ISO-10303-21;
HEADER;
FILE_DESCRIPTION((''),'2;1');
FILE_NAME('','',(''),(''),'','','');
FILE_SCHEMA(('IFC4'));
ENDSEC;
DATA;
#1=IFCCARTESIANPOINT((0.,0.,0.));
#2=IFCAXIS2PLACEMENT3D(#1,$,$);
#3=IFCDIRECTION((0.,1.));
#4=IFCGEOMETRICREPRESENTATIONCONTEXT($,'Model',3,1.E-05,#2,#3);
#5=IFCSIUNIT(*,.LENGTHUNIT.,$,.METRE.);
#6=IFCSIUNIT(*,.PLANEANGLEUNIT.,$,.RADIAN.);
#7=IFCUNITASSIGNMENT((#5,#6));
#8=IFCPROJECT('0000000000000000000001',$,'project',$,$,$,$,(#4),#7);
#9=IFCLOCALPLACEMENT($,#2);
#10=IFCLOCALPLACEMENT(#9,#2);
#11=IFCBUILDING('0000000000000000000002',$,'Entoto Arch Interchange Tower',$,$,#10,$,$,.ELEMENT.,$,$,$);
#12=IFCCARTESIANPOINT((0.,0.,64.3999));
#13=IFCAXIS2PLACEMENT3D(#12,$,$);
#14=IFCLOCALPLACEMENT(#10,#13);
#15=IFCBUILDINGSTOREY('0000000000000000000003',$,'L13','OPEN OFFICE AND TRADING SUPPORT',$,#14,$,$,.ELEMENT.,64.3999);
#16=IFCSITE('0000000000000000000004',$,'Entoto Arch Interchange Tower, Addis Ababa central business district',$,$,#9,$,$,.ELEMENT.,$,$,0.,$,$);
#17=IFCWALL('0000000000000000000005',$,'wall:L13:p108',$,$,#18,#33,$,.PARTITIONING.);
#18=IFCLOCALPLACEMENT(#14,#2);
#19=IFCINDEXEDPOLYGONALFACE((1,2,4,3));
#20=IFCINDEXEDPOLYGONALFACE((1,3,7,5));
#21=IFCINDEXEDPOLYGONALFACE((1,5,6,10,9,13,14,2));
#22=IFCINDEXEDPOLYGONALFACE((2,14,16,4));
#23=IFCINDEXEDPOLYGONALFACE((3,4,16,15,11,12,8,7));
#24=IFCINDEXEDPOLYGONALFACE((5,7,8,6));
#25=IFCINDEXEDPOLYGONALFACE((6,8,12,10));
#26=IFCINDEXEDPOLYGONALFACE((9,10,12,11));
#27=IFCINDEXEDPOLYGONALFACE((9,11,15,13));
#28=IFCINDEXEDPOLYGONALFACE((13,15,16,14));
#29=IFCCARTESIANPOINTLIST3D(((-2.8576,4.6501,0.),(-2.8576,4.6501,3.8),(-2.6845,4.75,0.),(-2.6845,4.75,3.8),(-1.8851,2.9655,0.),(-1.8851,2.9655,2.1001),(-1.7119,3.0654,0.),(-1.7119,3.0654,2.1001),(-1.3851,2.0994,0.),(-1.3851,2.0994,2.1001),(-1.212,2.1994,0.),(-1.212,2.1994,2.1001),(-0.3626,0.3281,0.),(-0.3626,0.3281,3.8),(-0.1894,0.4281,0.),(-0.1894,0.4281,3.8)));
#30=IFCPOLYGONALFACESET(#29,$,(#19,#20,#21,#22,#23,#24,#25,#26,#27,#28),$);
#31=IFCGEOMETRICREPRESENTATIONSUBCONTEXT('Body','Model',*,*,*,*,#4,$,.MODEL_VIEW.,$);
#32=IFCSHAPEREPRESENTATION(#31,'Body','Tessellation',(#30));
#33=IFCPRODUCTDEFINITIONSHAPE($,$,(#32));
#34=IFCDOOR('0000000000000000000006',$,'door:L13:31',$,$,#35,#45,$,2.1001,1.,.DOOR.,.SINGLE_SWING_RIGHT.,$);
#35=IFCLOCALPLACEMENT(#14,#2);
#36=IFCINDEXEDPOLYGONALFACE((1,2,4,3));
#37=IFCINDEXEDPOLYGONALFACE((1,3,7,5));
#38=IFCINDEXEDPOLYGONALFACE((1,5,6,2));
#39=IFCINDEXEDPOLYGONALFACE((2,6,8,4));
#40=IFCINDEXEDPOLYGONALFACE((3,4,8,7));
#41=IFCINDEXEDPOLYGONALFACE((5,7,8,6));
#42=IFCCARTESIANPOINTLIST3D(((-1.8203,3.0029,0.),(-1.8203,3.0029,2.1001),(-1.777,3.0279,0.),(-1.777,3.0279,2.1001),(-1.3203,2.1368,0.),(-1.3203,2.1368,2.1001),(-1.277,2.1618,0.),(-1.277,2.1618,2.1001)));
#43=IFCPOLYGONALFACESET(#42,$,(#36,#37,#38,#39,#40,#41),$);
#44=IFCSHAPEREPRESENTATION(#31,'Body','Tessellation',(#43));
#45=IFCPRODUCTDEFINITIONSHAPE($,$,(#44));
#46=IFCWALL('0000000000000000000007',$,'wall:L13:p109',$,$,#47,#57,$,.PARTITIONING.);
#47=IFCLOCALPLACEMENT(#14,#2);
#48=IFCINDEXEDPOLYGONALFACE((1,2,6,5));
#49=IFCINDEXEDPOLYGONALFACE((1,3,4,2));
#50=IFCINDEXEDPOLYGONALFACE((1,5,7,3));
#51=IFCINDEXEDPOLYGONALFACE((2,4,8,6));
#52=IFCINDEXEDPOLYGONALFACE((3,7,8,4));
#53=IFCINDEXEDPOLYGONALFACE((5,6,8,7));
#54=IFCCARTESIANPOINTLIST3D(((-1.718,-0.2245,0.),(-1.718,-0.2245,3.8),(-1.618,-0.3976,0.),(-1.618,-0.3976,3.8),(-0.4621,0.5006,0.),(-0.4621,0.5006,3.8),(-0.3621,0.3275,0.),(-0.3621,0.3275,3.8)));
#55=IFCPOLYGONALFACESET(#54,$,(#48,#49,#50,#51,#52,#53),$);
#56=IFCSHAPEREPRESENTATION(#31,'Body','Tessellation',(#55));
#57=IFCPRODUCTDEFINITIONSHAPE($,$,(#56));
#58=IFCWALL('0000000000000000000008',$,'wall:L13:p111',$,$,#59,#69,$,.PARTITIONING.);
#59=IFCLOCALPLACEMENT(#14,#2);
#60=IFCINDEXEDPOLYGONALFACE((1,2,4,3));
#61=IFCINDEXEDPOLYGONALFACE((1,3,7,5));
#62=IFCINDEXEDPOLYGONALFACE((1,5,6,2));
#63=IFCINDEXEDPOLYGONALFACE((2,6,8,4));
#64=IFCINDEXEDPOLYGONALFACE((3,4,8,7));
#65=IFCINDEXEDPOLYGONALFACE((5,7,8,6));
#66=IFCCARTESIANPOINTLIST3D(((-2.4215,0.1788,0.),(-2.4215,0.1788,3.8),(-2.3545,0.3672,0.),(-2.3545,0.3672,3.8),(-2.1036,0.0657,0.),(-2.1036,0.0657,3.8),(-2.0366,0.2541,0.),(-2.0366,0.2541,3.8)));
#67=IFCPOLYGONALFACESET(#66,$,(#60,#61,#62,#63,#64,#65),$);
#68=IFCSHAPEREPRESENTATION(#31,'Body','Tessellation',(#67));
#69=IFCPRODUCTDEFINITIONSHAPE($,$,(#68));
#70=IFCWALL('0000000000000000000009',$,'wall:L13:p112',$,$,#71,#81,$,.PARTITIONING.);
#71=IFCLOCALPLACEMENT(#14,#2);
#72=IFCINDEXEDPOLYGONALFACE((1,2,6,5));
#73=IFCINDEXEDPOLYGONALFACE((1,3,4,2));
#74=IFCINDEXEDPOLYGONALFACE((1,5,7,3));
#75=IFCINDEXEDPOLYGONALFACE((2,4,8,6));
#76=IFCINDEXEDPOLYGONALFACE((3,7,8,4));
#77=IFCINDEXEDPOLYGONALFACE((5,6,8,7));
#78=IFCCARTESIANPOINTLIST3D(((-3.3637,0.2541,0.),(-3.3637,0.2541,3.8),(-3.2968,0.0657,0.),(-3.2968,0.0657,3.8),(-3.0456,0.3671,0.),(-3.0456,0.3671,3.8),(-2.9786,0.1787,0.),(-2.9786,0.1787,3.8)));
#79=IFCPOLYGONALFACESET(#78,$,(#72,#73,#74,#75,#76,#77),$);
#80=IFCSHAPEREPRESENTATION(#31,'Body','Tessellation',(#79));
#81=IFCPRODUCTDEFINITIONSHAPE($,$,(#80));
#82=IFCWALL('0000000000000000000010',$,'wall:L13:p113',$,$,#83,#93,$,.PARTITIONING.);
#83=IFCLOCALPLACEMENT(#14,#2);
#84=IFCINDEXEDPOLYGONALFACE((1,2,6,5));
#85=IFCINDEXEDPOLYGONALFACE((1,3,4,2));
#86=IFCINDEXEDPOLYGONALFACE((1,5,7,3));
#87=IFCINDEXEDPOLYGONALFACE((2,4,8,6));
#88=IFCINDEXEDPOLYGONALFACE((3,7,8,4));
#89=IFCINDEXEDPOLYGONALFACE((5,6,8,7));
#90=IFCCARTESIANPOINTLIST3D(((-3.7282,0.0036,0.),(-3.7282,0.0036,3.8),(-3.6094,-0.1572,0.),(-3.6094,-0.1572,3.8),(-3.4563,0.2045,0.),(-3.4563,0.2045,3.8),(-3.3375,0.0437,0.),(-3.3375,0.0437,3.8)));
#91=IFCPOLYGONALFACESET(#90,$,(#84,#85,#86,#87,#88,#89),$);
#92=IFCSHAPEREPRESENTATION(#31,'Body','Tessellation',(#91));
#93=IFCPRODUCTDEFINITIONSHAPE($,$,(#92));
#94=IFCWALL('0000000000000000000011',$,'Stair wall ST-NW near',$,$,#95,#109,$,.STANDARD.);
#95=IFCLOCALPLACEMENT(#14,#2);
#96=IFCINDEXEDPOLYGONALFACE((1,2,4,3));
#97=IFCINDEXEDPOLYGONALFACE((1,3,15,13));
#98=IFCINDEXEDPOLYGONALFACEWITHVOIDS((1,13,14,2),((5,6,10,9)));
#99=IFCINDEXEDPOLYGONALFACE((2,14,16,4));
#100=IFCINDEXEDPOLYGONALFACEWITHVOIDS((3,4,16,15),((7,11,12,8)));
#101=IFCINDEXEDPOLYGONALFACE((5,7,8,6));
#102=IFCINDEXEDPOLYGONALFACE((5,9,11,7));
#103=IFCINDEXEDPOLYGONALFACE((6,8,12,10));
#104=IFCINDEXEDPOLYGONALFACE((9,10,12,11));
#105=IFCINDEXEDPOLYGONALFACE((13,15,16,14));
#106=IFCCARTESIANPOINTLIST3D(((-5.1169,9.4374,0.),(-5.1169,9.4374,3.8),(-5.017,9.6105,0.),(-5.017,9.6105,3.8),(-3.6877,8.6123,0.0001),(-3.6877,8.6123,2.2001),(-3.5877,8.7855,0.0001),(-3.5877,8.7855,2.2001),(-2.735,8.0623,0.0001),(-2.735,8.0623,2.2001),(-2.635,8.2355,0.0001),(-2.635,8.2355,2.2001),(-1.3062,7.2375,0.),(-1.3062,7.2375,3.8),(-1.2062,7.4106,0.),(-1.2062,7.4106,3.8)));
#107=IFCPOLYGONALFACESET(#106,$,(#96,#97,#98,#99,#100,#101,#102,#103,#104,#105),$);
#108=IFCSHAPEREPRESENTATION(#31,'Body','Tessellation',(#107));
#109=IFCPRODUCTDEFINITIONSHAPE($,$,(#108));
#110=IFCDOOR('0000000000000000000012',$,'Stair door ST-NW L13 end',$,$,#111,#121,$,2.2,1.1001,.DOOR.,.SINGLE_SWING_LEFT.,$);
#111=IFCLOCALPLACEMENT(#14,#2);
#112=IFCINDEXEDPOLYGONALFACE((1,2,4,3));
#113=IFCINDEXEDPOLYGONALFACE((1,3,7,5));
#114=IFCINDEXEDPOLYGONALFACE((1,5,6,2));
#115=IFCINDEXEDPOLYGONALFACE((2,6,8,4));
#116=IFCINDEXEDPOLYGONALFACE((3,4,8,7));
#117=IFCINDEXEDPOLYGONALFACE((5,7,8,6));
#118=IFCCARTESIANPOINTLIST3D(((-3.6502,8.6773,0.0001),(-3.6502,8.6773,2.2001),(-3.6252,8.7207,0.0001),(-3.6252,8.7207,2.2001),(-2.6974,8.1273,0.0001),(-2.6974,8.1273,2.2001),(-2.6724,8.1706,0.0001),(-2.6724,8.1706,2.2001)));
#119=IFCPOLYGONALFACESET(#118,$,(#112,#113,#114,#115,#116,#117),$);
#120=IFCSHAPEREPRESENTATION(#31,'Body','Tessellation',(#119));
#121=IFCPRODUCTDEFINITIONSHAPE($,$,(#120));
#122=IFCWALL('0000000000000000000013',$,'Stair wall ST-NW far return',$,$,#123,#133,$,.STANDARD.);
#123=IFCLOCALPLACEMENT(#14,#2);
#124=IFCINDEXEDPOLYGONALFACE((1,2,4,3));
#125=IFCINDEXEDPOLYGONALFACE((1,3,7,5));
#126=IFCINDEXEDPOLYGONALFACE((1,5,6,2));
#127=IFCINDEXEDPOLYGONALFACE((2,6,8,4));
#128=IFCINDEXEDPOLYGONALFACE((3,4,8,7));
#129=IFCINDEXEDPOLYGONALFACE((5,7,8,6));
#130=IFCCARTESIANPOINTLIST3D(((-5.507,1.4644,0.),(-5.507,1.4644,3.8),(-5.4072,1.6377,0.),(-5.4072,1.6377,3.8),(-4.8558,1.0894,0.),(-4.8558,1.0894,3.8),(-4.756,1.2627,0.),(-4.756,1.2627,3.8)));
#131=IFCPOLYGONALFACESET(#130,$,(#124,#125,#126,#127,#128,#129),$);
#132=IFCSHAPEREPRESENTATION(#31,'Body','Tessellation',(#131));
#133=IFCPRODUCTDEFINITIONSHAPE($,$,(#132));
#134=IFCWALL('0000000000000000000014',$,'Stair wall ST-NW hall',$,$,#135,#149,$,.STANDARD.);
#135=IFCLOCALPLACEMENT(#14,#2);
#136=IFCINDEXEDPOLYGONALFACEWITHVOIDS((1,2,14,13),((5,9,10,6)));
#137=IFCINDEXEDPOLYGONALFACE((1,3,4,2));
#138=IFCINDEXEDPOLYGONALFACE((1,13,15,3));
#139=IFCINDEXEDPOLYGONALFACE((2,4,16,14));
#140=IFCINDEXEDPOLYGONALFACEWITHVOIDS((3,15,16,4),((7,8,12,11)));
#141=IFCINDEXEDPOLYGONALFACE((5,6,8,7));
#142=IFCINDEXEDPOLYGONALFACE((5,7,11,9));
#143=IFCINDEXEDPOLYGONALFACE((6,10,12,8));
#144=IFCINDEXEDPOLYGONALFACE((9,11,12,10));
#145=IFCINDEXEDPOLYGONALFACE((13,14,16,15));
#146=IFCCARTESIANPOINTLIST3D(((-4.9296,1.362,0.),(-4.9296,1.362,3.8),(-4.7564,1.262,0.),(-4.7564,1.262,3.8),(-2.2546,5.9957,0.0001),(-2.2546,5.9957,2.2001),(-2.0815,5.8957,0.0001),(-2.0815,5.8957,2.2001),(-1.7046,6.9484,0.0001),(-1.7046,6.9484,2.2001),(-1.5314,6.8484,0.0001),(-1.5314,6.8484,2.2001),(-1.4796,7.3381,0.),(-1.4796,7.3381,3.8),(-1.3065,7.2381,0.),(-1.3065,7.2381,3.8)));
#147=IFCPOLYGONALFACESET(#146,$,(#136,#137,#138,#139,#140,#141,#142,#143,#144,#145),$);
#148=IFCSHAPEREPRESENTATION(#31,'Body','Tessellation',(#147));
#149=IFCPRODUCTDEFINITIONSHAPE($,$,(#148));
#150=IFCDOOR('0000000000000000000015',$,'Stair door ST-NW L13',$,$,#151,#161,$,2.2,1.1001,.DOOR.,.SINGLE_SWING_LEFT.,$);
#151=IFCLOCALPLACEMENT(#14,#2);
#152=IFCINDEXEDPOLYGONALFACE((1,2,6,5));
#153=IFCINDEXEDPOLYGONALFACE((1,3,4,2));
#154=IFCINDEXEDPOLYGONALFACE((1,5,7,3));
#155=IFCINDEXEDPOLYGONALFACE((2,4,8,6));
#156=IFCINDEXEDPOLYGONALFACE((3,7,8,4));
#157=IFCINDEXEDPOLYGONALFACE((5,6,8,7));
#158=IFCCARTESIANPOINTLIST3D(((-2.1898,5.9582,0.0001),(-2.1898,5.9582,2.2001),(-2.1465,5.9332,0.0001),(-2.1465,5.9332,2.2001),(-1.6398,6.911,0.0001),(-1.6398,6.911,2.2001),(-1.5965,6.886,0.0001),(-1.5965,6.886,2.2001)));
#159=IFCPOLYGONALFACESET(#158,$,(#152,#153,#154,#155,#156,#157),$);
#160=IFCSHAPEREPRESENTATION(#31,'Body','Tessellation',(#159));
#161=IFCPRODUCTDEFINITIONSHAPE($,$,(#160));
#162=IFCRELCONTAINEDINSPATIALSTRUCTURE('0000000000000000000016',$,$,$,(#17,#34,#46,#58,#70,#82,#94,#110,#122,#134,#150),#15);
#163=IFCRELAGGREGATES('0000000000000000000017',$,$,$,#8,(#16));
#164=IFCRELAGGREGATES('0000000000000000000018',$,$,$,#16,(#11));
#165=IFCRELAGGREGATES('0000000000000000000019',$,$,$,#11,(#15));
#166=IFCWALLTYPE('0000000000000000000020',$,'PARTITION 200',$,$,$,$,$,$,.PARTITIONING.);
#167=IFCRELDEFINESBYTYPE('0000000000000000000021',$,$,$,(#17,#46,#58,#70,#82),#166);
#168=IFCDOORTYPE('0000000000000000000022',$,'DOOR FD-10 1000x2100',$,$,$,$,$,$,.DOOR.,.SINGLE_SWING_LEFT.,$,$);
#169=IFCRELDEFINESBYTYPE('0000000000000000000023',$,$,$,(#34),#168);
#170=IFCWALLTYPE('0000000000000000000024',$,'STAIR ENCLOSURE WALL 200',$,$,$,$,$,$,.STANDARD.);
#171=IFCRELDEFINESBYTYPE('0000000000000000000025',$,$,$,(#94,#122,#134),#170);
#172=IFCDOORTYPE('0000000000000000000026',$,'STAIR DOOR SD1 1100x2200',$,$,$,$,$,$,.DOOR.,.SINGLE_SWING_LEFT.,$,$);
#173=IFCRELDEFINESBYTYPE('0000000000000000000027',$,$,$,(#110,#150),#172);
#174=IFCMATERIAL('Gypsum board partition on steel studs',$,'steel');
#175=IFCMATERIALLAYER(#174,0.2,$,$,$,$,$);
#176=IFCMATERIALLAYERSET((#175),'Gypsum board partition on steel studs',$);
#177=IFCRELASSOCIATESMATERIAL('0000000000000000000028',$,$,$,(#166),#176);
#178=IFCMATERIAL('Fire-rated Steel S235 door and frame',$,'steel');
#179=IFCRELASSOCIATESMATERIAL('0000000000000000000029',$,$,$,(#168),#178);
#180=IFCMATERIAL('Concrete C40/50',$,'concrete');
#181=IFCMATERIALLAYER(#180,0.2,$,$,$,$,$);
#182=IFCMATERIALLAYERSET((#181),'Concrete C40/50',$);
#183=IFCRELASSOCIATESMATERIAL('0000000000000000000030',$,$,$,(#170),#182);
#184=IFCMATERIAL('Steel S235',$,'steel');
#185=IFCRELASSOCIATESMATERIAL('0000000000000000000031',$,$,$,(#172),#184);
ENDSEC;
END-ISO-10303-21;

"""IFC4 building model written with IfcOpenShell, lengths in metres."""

from ifc_helpers import new_model, si_unit, direction, frame, frame_2d, origin, place, context, subcontext, project, spatial, rectangle, extrude, material, layer, layer_set, type_object, element, fill, save


model = new_model("IFC4")

# Units and contexts
model_context = context("Model", 3, precision=1e-05, world=origin(), true_north=direction((0.0, 1.0)))
body_context = subcontext(model_context, "Body", "Model", "MODEL_VIEW")
ifc_project = project(units=[si_unit("LENGTHUNIT", "METRE"), si_unit("PLANEANGLEUNIT", "RADIAN")], contexts=[model_context])

# Site, building, storey
site_placement = place(None, origin())
site = spatial("IfcSite", under=ifc_project, at=site_placement, Name="Entoto Arch Interchange Tower, Addis Ababa central business district", CompositionType="ELEMENT", RefElevation=0.0)
building_placement = place(site_placement, origin())
building = spatial("IfcBuilding", under=site, at=building_placement, Name="Entoto Arch Interchange Tower", CompositionType="ELEMENT")
storey_placement = place(building_placement, frame((0.0, 0.0, 64.3999)))
storey = spatial("IfcBuildingStorey", under=building, at=storey_placement, Name="L13", Description="OPEN OFFICE AND TRADING SUPPORT", CompositionType="ELEMENT", Elevation=64.3999)

# Wall, opening, door
ifc_material_1 = material(Name="Gypsum board partition on steel studs", Category="steel")
ifc_layer_1 = layer(ifc_material_1, 0.2)
ifc_layer_set_1 = layer_set([ifc_layer_1], Name="Gypsum board partition on steel studs")
wall_type_1 = type_object("IfcWallType", Name="PARTITION 200", PredefinedType="PARTITIONING", material=ifc_layer_set_1)
wall_1_placement = place(storey_placement, frame((-2.771, 4.7, 0.0), z_axis=(0.0, 0.0, 1.0), x_axis=(0.499969, -0.866043, 0.0)))
wall_1 = element("IfcWall", 1, at=wall_1_placement, inside=storey, type_object=wall_type_1, Name="wall:L13:p108", PredefinedType="PARTITIONING", context=body_context, shape_type="SweptSolid", body=[
    extrude(rectangle(XDim=4.9905, YDim=0.2, at=frame_2d((2.4951, 0.0))), origin(), (0.0, 0.0, 1.0), 3.8),
])
opening_1_placement = place(wall_1_placement, frame((1.9451, 0.0, 0.0)))
opening_1 = element("IfcOpeningElement", 2, at=opening_1_placement, cuts=wall_1, PredefinedType="OPENING", context=body_context, shape_type="SweptSolid", body=[
    extrude(rectangle(XDim=1.0, YDim=2.1001, at=frame_2d((0.5, 1.05))), frame((0.0, 0.1099, 0.0), z_axis=(0.0, -1.0, 0.0), x_axis=(1.0, 0.0, 0.0)), (0.0, 0.0, 1.0), 0.22),
])
ifc_material_2 = material(Name="Fire-rated Steel S235 door and frame", Category="steel")
door_type_1 = type_object("IfcDoorType", Name="DOOR FD-10 1000x2100", OperationType="SINGLE_SWING_LEFT", PredefinedType="DOOR", material=ifc_material_2)
door_1_placement = place(opening_1_placement, origin())
door_1 = element("IfcDoor", 3, at=door_1_placement, inside=storey, type_object=door_type_1, Name="door:L13:31", OperationType="SINGLE_SWING_RIGHT", OverallHeight=2.1001, OverallWidth=1.0, PredefinedType="DOOR", context=body_context, shape_type="SweptSolid", body=[
    extrude(rectangle(XDim=1.0, YDim=2.1001, at=frame_2d((0.5, 1.05))), frame((0.0, 0.0249, 0.0), z_axis=(0.0, -1.0, 0.0), x_axis=(1.0, 0.0, 0.0)), (0.0, 0.0, 1.0), 0.05),
])
fill(opening_1, door_1)

# Walls
wall_2_placement = place(storey_placement, frame((-0.4121, 0.4141, 0.0), z_axis=(0.0, 0.0, 1.0), x_axis=(-0.866017, -0.500014, 0.0)))
element("IfcWall", 4, at=wall_2_placement, inside=storey, type_object=wall_type_1, Name="wall:L13:p109", PredefinedType="PARTITIONING", context=body_context, shape_type="SweptSolid", body=[
    extrude(rectangle(XDim=1.4502, YDim=0.2, at=frame_2d((0.7251, 0.0))), origin(), (0.0, 0.0, 1.0), 3.8),
])
wall_3_placement = place(storey_placement, frame((-2.0701, 0.1599, 0.0), z_axis=(0.0, 0.0, 1.0), x_axis=(-0.942199, 0.335052, 0.0)))
element("IfcWall", 5, at=wall_3_placement, inside=storey, type_object=wall_type_1, Name="wall:L13:p111", PredefinedType="PARTITIONING", context=body_context, shape_type="SweptSolid", body=[
    extrude(rectangle(XDim=0.3374, YDim=0.2, at=frame_2d((0.1687, 0.0))), origin(), (0.0, 0.0, 1.0), 3.8),
])
wall_4_placement = place(storey_placement, frame((-3.012, 0.2729, 0.0), z_axis=(0.0, 0.0, 1.0), x_axis=(-0.942281, -0.334824, 0.0)))
element("IfcWall", 6, at=wall_4_placement, inside=storey, type_object=wall_type_1, Name="wall:L13:p112", PredefinedType="PARTITIONING", context=body_context, shape_type="SweptSolid", body=[
    extrude(rectangle(XDim=0.3376, YDim=0.2, at=frame_2d((0.1689, 0.0))), origin(), (0.0, 0.0, 1.0), 3.8),
])
wall_5_placement = place(storey_placement, frame((-3.397, 0.124, 0.0), z_axis=(0.0, 0.0, 1.0), x_axis=(-0.804311, -0.594208, 0.0)))
element("IfcWall", 7, at=wall_5_placement, inside=storey, type_object=wall_type_1, Name="wall:L13:p113", PredefinedType="PARTITIONING", context=body_context, shape_type="SweptSolid", body=[
    extrude(rectangle(XDim=0.3381, YDim=0.2, at=frame_2d((0.1689, 0.0))), origin(), (0.0, 0.0, 1.0), 3.8),
])

# Wall, opening, door
ifc_material_3 = material(Name="Concrete C40/50", Category="concrete")
ifc_layer_2 = layer(ifc_material_3, 0.2)
ifc_layer_set_2 = layer_set([ifc_layer_2], Name="Concrete C40/50")
wall_type_2 = type_object("IfcWallType", Name="STAIR ENCLOSURE WALL 200", PredefinedType="STANDARD", material=ifc_layer_set_2)
wall_6_placement = place(storey_placement, frame((-1.2561, 7.324, 0.0), z_axis=(0.0, 0.0, 1.0), x_axis=(-0.866046, 0.499964, 0.0)))
wall_6 = element("IfcWall", 8, at=wall_6_placement, inside=storey, type_object=wall_type_2, Name="Stair wall ST-NW near", PredefinedType="STANDARD", context=body_context, shape_type="SweptSolid", body=[
    extrude(rectangle(XDim=4.4001, YDim=0.2, at=frame_2d((2.2002, 0.0))), origin(), (0.0, 0.0, 1.0), 3.8),
])
opening_2_placement = place(wall_6_placement, frame((1.6499, 0.0, 0.0)))
opening_2 = element("IfcOpeningElement", 9, at=opening_2_placement, cuts=wall_6, PredefinedType="OPENING", context=body_context, shape_type="SweptSolid", body=[
    extrude(rectangle(XDim=1.1001, YDim=2.2, at=frame_2d((0.55, 1.1001))), frame((0.0, 0.1099, 0.0), z_axis=(0.0, -1.0, 0.0), x_axis=(1.0, 0.0, 0.0)), (0.0, 0.0, 1.0), 0.22),
])
ifc_material_4 = material(Name="Steel S235", Category="steel")
door_type_2 = type_object("IfcDoorType", Name="STAIR DOOR SD1 1100x2200", OperationType="SINGLE_SWING_LEFT", PredefinedType="DOOR", material=ifc_material_4)
door_2_placement = place(opening_2_placement, origin())
door_2 = element("IfcDoor", 10, at=door_2_placement, inside=storey, type_object=door_type_2, Name="Stair door ST-NW L13 end", OperationType="SINGLE_SWING_LEFT", OverallHeight=2.2, OverallWidth=1.1001, PredefinedType="DOOR", context=body_context, shape_type="SweptSolid", body=[
    extrude(rectangle(XDim=1.1001, YDim=2.2, at=frame_2d((0.55, 1.1001))), frame((0.0, 0.0249, 0.0), z_axis=(0.0, -1.0, 0.0), x_axis=(1.0, 0.0, 0.0)), (0.0, 0.0, 1.0), 0.05),
])
fill(opening_2, door_2)

# Wall
wall_7_placement = place(storey_placement, frame((-4.8059, 1.176, 0.0), z_axis=(0.0, 0.0, 1.0), x_axis=(-0.866559, 0.499075, 0.0)))
element("IfcWall", 11, at=wall_7_placement, inside=storey, type_object=wall_type_2, Name="Stair wall ST-NW far return", PredefinedType="STANDARD", context=body_context, shape_type="SweptSolid", body=[
    extrude(rectangle(XDim=0.7515, YDim=0.2, at=frame_2d((0.3757, 0.0))), origin(), (0.0, 0.0, 1.0), 3.8),
])

# Wall, opening, door
wall_8_placement = place(storey_placement, frame((-1.3931, 7.2881, 0.0), z_axis=(0.0, 0.0, 1.0), x_axis=(-0.499963, -0.866047, 0.0)))
wall_8 = element("IfcWall", 12, at=wall_8_placement, inside=storey, type_object=wall_type_2, Name="Stair wall ST-NW hall", PredefinedType="STANDARD", context=body_context, shape_type="SweptSolid", body=[
    extrude(rectangle(XDim=6.9004, YDim=0.2, at=frame_2d((3.4502, 0.0))), origin(), (0.0, 0.0, 1.0), 3.8),
])
opening_3_placement = place(wall_8_placement, frame((0.45, 0.0, 0.0)))
opening_3 = element("IfcOpeningElement", 13, at=opening_3_placement, cuts=wall_8, PredefinedType="OPENING", context=body_context, shape_type="SweptSolid", body=[
    extrude(rectangle(XDim=1.1001, YDim=2.2, at=frame_2d((0.55, 1.1001))), frame((0.0, 0.1099, 0.0), z_axis=(0.0, -1.0, 0.0), x_axis=(1.0, 0.0, 0.0)), (0.0, 0.0, 1.0), 0.22),
])
door_3_placement = place(opening_3_placement, origin())
door_3 = element("IfcDoor", 14, at=door_3_placement, inside=storey, type_object=door_type_2, Name="Stair door ST-NW L13", OperationType="SINGLE_SWING_LEFT", OverallHeight=2.2, OverallWidth=1.1001, PredefinedType="DOOR", context=body_context, shape_type="SweptSolid", body=[
    extrude(rectangle(XDim=1.1001, YDim=2.2, at=frame_2d((0.55, 1.1001))), frame((0.0, 0.0249, 0.0), z_axis=(0.0, -1.0, 0.0), x_axis=(1.0, 0.0, 0.0)), (0.0, 0.0, 1.0), 0.05),
])
fill(opening_3, door_3)

save(model, "model.ifc")
